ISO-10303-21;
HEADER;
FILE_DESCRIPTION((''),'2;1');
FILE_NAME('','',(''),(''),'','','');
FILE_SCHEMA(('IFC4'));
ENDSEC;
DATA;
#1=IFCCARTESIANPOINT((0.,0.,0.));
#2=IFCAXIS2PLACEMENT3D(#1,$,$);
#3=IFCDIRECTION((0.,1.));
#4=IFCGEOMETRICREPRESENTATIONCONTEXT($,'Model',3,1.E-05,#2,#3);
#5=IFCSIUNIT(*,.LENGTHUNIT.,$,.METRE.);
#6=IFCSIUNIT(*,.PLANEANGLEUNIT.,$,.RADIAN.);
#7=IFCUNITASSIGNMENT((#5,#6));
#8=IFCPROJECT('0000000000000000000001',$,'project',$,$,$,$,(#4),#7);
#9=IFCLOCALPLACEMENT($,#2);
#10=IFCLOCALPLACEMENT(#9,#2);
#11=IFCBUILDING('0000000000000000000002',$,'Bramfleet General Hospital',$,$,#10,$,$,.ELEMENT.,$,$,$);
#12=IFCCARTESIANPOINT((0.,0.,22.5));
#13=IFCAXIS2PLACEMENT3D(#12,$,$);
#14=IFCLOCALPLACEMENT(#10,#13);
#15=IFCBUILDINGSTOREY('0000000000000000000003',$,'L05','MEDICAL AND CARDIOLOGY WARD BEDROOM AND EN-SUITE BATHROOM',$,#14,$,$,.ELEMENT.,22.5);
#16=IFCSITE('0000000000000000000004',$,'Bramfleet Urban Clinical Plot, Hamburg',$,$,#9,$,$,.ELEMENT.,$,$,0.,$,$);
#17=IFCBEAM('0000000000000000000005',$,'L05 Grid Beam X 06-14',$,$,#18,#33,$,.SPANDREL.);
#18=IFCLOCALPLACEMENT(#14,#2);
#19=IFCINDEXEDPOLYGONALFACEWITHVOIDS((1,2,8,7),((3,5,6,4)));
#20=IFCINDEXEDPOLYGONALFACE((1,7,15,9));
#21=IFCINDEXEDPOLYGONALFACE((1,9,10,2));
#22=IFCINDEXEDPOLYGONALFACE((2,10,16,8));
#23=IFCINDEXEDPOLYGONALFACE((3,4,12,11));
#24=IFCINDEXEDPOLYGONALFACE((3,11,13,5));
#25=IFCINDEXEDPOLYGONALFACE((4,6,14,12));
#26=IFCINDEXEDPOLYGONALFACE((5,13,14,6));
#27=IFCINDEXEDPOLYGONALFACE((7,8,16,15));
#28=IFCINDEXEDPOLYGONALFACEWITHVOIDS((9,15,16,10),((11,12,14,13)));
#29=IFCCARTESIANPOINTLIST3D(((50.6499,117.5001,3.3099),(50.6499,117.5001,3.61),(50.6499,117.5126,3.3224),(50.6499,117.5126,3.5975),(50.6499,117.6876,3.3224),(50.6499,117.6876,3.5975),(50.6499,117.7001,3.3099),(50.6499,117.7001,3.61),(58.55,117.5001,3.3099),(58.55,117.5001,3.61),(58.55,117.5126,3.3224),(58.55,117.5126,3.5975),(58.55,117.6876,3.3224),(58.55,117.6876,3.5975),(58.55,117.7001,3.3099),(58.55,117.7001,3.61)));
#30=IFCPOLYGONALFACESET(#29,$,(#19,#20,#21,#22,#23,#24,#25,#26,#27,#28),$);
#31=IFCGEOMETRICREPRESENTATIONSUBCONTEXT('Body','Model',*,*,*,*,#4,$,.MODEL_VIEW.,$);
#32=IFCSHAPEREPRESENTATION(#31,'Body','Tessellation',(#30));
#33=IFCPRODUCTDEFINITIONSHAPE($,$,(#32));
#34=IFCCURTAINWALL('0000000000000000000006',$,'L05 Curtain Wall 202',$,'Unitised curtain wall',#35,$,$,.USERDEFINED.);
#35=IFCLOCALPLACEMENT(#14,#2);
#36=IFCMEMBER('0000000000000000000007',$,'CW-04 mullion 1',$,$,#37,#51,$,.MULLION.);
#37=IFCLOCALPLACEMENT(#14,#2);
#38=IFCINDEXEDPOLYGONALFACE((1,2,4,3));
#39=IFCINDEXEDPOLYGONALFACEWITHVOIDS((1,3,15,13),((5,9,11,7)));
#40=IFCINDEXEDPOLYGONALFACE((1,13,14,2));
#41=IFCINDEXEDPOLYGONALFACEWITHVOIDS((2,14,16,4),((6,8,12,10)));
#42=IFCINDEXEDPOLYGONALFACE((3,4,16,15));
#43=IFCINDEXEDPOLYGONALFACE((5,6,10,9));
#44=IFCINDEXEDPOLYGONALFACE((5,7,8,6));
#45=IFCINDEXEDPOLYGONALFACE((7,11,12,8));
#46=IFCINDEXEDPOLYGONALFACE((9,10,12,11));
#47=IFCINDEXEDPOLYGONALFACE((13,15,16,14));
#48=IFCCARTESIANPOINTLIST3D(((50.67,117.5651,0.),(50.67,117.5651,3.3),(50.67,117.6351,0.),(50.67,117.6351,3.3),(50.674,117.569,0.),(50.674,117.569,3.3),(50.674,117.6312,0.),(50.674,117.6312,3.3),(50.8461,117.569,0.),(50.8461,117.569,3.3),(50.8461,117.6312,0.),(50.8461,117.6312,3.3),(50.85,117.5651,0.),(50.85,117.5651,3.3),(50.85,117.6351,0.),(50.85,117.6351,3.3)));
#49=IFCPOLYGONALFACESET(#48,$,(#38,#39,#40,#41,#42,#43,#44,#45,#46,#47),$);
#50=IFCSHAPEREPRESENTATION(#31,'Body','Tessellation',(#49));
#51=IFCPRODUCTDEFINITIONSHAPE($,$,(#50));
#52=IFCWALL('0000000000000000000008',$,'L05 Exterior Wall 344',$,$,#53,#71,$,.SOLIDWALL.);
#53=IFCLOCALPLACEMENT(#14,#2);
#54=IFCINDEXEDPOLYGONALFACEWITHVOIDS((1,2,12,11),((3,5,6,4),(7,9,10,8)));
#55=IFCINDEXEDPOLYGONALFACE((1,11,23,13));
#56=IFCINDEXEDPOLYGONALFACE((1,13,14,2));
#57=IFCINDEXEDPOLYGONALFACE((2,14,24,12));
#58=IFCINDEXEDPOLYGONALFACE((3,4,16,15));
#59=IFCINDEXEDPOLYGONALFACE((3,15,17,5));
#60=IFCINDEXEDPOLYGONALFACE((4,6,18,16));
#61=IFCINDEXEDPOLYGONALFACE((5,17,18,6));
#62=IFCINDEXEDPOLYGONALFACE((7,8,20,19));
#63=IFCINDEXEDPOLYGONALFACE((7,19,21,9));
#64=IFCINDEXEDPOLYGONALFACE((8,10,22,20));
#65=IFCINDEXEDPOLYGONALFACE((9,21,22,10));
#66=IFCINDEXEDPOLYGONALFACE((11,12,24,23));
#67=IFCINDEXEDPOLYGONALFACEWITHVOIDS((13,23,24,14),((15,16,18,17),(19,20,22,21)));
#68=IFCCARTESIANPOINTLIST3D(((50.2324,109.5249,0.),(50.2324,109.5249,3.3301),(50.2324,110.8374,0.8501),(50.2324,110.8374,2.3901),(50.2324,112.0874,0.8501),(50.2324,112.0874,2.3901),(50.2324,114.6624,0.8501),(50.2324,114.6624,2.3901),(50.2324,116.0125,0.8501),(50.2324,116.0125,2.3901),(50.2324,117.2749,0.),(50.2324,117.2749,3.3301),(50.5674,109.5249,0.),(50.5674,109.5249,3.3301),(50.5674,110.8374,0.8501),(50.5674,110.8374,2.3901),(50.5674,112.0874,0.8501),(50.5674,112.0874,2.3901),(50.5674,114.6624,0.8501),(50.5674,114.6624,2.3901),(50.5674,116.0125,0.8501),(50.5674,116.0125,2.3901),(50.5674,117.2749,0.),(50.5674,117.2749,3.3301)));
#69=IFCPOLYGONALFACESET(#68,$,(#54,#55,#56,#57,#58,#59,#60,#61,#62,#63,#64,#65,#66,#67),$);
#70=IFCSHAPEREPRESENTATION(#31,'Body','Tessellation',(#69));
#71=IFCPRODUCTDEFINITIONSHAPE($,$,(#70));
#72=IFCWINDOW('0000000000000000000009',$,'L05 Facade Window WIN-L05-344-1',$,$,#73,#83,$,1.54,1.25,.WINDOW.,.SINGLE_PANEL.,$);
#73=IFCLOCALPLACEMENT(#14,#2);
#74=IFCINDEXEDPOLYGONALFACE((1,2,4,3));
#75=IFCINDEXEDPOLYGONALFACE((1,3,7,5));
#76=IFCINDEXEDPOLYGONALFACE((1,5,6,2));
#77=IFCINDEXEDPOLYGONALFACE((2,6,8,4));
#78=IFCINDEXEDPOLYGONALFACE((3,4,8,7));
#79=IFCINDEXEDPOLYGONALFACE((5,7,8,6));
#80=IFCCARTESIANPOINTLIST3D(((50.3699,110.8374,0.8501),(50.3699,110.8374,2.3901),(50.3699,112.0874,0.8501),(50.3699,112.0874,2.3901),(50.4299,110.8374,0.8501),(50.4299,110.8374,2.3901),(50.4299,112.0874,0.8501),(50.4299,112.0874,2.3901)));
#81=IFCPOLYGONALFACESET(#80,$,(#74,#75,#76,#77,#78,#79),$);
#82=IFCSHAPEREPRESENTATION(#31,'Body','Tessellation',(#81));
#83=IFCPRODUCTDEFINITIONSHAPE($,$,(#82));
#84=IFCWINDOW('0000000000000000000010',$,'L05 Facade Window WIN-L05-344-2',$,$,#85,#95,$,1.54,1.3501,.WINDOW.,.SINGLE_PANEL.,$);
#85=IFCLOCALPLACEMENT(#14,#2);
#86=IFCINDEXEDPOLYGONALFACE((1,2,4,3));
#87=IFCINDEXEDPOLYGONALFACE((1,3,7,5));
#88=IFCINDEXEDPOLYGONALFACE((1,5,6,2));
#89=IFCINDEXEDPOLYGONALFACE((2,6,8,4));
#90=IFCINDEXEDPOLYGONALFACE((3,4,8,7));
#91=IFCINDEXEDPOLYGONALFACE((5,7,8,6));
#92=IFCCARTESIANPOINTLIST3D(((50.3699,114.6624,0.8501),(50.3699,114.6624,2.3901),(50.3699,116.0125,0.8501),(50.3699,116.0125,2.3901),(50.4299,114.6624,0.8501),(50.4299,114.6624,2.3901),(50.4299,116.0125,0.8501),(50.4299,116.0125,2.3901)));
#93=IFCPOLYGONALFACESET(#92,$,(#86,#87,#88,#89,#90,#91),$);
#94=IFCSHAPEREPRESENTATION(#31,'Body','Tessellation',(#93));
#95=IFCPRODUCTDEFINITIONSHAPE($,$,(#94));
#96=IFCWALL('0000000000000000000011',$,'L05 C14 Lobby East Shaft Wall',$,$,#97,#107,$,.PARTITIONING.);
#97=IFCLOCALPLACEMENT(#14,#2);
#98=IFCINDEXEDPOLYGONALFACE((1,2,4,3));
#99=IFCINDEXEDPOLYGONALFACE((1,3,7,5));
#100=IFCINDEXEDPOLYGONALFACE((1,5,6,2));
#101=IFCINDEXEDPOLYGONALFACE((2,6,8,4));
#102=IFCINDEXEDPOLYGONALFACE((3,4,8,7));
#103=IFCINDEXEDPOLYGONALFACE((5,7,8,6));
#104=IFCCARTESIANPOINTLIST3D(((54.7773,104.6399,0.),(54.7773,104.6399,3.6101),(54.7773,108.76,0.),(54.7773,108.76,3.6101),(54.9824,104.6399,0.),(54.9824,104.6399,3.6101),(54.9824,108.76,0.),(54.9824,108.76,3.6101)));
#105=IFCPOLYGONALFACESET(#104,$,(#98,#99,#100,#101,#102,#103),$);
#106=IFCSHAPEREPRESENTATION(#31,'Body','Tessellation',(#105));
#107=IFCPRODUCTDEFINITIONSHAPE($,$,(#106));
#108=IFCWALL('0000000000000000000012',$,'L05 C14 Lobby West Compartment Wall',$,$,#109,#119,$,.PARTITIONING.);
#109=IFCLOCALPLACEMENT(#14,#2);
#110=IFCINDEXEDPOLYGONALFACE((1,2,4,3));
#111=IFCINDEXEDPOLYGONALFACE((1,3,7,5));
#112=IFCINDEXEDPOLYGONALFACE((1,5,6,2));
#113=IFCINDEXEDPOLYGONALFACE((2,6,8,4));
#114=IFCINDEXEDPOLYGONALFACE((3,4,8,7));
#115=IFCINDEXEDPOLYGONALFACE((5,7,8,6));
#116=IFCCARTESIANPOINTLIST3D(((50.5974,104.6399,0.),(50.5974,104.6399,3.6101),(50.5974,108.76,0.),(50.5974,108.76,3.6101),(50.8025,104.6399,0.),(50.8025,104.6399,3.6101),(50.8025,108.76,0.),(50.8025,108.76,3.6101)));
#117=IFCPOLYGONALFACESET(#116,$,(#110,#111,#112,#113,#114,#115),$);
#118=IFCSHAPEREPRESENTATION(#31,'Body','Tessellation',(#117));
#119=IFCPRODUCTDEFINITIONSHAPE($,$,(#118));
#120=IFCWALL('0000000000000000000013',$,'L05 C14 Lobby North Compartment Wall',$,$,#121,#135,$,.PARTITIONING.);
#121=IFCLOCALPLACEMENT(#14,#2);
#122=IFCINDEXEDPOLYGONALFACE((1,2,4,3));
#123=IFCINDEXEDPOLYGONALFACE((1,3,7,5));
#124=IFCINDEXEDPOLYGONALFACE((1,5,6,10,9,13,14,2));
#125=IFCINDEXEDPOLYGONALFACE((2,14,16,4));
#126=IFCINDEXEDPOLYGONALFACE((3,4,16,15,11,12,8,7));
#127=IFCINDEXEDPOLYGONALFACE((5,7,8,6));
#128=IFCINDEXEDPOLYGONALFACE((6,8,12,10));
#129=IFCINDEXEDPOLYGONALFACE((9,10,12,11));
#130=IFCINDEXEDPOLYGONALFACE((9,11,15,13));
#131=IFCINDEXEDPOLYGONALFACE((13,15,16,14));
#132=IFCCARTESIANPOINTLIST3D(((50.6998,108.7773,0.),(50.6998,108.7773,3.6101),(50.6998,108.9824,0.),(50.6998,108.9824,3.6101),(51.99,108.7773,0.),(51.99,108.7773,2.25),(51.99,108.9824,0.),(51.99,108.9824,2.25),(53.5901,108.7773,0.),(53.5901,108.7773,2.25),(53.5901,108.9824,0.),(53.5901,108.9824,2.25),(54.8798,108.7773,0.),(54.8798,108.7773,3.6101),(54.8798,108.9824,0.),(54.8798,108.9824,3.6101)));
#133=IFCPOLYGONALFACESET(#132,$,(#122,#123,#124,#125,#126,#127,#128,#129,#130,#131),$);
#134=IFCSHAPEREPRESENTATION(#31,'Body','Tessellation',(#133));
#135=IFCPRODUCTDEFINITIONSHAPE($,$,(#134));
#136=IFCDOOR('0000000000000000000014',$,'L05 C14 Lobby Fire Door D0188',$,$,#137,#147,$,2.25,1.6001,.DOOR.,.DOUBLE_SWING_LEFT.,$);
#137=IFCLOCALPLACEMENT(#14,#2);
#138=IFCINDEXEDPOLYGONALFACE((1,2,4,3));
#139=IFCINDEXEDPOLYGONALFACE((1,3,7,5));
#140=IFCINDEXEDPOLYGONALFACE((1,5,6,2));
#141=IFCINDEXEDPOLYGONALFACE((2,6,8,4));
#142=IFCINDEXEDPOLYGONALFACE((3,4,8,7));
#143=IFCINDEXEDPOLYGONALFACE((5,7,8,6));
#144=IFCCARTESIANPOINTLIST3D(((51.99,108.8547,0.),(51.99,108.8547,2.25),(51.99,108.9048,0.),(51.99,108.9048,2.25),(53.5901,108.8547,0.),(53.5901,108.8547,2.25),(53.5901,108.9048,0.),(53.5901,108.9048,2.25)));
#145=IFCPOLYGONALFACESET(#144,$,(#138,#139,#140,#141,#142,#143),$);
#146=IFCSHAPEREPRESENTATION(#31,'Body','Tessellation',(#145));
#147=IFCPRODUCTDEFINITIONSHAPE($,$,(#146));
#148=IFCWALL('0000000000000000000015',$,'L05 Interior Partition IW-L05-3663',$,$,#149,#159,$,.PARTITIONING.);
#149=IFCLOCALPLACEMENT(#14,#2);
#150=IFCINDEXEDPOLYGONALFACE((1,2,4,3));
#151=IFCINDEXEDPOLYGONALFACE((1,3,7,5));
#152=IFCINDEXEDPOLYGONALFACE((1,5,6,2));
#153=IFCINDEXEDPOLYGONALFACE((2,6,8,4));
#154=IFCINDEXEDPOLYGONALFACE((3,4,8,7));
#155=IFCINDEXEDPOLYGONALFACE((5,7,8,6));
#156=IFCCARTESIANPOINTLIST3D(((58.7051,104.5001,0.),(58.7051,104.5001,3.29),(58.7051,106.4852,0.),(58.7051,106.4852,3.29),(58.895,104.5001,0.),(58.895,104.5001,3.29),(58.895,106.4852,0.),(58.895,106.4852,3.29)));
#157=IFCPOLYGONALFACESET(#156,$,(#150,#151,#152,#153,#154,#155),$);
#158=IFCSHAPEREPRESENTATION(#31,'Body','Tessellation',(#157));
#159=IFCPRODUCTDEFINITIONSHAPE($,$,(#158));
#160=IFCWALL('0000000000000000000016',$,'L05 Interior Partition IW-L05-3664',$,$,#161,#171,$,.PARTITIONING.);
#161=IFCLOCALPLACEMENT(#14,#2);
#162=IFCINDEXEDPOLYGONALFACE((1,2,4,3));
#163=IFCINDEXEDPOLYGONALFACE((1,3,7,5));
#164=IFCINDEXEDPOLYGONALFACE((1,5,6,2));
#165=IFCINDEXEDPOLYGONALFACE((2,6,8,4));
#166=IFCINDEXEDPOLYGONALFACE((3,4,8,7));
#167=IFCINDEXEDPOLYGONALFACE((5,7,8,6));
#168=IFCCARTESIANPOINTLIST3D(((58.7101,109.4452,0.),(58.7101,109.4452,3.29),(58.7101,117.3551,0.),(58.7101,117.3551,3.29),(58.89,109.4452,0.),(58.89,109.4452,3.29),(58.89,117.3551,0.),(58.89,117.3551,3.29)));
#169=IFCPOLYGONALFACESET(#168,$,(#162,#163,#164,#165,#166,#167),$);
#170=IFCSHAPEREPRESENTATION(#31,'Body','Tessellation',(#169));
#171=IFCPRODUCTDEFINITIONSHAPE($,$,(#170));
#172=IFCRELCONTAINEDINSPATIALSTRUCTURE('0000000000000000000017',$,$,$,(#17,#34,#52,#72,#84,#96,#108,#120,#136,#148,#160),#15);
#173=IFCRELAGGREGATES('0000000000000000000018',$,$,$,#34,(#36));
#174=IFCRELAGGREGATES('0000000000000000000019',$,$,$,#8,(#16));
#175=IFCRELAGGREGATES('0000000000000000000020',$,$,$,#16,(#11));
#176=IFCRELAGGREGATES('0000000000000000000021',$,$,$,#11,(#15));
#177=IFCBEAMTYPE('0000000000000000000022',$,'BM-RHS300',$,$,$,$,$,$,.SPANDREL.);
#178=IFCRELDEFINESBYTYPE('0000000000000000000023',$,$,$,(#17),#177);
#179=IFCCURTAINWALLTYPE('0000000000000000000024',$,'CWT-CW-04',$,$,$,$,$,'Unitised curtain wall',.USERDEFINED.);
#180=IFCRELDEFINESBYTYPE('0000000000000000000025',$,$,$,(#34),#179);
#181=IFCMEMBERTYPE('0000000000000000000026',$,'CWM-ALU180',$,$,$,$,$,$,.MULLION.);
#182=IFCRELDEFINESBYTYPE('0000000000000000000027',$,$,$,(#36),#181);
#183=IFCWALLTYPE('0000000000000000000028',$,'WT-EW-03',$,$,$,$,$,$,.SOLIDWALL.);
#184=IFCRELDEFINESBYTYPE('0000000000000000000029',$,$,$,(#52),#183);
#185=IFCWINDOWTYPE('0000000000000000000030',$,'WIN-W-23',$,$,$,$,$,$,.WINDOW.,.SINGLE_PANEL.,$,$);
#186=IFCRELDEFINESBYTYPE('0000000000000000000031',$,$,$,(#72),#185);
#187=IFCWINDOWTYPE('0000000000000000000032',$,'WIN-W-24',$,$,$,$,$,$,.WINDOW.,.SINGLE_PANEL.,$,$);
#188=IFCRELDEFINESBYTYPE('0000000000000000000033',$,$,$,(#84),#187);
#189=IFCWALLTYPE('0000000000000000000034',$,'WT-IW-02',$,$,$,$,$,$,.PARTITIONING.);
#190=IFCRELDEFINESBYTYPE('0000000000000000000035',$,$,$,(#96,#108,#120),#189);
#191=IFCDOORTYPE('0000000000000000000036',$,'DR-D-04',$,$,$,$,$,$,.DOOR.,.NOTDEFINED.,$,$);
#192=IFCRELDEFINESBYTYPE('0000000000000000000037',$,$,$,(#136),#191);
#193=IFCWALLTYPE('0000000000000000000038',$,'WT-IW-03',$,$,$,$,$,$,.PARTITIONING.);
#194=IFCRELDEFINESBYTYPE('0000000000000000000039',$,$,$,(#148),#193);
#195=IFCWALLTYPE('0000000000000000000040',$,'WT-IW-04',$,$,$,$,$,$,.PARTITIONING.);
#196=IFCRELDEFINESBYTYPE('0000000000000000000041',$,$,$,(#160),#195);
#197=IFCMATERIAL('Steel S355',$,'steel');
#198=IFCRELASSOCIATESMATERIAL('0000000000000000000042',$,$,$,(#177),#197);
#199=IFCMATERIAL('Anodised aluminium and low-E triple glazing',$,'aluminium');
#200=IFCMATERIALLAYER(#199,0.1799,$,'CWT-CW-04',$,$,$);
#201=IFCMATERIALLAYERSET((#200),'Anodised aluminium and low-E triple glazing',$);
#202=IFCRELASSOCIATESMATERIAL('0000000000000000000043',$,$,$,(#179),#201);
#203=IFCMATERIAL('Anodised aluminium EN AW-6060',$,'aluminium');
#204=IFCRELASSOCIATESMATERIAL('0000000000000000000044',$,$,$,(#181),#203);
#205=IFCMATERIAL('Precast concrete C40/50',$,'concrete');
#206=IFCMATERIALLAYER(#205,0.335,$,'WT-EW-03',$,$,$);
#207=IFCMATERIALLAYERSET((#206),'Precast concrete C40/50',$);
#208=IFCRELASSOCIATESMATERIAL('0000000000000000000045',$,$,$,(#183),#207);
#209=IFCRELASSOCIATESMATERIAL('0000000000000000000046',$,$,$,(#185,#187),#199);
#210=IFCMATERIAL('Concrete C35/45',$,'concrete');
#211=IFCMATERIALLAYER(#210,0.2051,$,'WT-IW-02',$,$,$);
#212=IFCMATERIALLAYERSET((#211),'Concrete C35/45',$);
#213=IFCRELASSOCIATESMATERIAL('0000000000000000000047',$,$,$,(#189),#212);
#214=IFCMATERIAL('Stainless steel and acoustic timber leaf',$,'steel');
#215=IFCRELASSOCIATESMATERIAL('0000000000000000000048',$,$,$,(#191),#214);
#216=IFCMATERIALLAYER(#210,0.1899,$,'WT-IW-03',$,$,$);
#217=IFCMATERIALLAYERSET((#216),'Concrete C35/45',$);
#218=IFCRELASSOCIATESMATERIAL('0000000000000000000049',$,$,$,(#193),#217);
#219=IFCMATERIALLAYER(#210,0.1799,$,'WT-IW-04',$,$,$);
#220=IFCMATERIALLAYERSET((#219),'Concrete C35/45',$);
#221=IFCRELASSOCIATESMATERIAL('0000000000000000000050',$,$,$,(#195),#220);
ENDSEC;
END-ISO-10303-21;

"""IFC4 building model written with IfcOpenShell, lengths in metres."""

from ifc_helpers import new_model, si_unit, direction, frame, frame_2d, origin, origin_2d, place, context, subcontext, project, spatial, rectangle, hollow_rectangle, extrude, material, layer, layer_set, material_profile, profile_set, type_object, element, fill, aggregate, save


model = new_model("IFC4")

# Units and contexts
model_context = context("Model", 3, precision=1e-05, world=origin(), true_north=direction((0.0, 1.0)))
body_context = subcontext(model_context, "Body", "Model", "MODEL_VIEW")
ifc_project = project(units=[si_unit("LENGTHUNIT", "METRE"), si_unit("PLANEANGLEUNIT", "RADIAN")], contexts=[model_context])

# Site, building, storey
site_placement = place(None, origin())
site = spatial("IfcSite", under=ifc_project, at=site_placement, Name="Bramfleet Urban Clinical Plot, Hamburg", CompositionType="ELEMENT", RefElevation=0.0)
building_placement = place(site_placement, origin())
building = spatial("IfcBuilding", under=site, at=building_placement, Name="Bramfleet General Hospital", CompositionType="ELEMENT")
storey_placement = place(building_placement, frame((0.0, 0.0, 22.5)))
storey = spatial("IfcBuildingStorey", under=building, at=storey_placement, Name="L05", Description="MEDICAL AND CARDIOLOGY WARD BEDROOM AND EN-SUITE BATHROOM", CompositionType="ELEMENT", Elevation=22.5)

# Beam
ifc_material_1 = material(Name="Steel S355", Category="steel")
ifc_material_profile_1 = material_profile(ifc_material_1, hollow_rectangle(XDim=0.2, YDim=0.3, WallThickness=0.0125, at=origin_2d()), Name="RHS 300x200x12.5")
ifc_profile_set_1 = profile_set([ifc_material_profile_1], Name="Steel S355")
beam_type_1 = type_object("IfcBeamType", Name="BM-RHS300", PredefinedType="SPANDREL", material=ifc_profile_set_1)
beam_1_placement = place(storey_placement, frame((50.6499, 117.6001, 3.46), z_axis=(1.0, 0.0, 0.0), x_axis=(0.0, 1.0, 0.0)))
element("IfcBeam", 1, at=beam_1_placement, inside=storey, type_object=beam_type_1, Name="L05 Grid Beam X 06-14", PredefinedType="SPANDREL", context=body_context, shape_type="SweptSolid", body=[
    extrude(hollow_rectangle(XDim=0.2, YDim=0.3, WallThickness=0.0125, at=origin_2d()), origin(), (0.0, 0.0, 1.0), 7.9001),
])

# Curtain wall, member
ifc_material_2 = material(Name="Anodised aluminium and low-E triple glazing", Category="aluminium")
ifc_layer_1 = layer(ifc_material_2, 0.1799, Name="CWT-CW-04")
ifc_layer_set_1 = layer_set([ifc_layer_1], Name="Anodised aluminium and low-E triple glazing")
curtain_wall_type = type_object("IfcCurtainWallType", Name="CWT-CW-04", ElementType="Unitised curtain wall", PredefinedType="USERDEFINED", material=ifc_layer_set_1)
curtain_wall_placement = place(storey_placement, origin())
curtain_wall = element("IfcCurtainWall", 2, at=curtain_wall_placement, inside=storey, type_object=curtain_wall_type, Name="L05 Curtain Wall 202", ObjectType="Unitised curtain wall", PredefinedType="USERDEFINED")
ifc_material_3 = material(Name="Anodised aluminium EN AW-6060", Category="aluminium")
ifc_material_profile_2 = material_profile(ifc_material_3, hollow_rectangle(XDim=0.0701, YDim=0.1799, WallThickness=0.0039, at=origin_2d()), Name="ALU 180x70x4.0")
ifc_profile_set_2 = profile_set([ifc_material_profile_2], Name="Anodised aluminium EN AW-6060")
member_type = type_object("IfcMemberType", Name="CWM-ALU180", PredefinedType="MULLION", material=ifc_profile_set_2)
member_placement = place(storey_placement, frame((50.76, 117.6001, 0.0), z_axis=(0.0, 0.0, 1.0), x_axis=(0.0, 1.0, 0.0)))
member = element("IfcMember", 3, at=member_placement, type_object=member_type, Name="CW-04 mullion 1", PredefinedType="MULLION", context=body_context, shape_type="SweptSolid", body=[
    extrude(hollow_rectangle(XDim=0.0701, YDim=0.1799, WallThickness=0.0039, at=origin_2d()), origin(), (0.0, 0.0, 1.0), 3.3),
])
aggregate(curtain_wall, [member])

# Wall, openings, windows
ifc_material_4 = material(Name="Precast concrete C40/50", Category="concrete")
ifc_layer_2 = layer(ifc_material_4, 0.335, Name="WT-EW-03")
ifc_layer_set_2 = layer_set([ifc_layer_2], Name="Precast concrete C40/50")
wall_type_1 = type_object("IfcWallType", Name="WT-EW-03", PredefinedType="SOLIDWALL", material=ifc_layer_set_2)
wall_1_placement = place(storey_placement, frame((50.3999, 109.5249, 0.0), z_axis=(0.0, 0.0, 1.0), x_axis=(0.0, 1.0, 0.0)))
wall_1 = element("IfcWall", 4, at=wall_1_placement, inside=storey, type_object=wall_type_1, Name="L05 Exterior Wall 344", PredefinedType="SOLIDWALL", context=body_context, shape_type="SweptSolid", body=[
    extrude(rectangle(XDim=7.75, YDim=0.335, at=frame_2d((3.875, 0.0))), origin(), (0.0, 0.0, 1.0), 3.3301),
])
opening_1_placement = place(wall_1_placement, frame((1.3125, 0.0, 0.8501)))
opening_1 = element("IfcOpeningElement", 5, at=opening_1_placement, cuts=wall_1, PredefinedType="OPENING", context=body_context, shape_type="SweptSolid", body=[
    extrude(rectangle(XDim=1.25, YDim=1.54, at=frame_2d((0.625, 0.77))), frame((0.0, 0.1775, 0.0), z_axis=(0.0, -1.0, 0.0), x_axis=(1.0, 0.0, 0.0)), (0.0, 0.0, 1.0), 0.355),
])
opening_2_placement = place(wall_1_placement, frame((5.1375, 0.0, 0.8501)))
opening_2 = element("IfcOpeningElement", 6, at=opening_2_placement, cuts=wall_1, PredefinedType="OPENING", context=body_context, shape_type="SweptSolid", body=[
    extrude(rectangle(XDim=1.3501, YDim=1.54, at=frame_2d((0.675, 0.77))), frame((0.0, 0.1775, 0.0), z_axis=(0.0, -1.0, 0.0), x_axis=(1.0, 0.0, 0.0)), (0.0, 0.0, 1.0), 0.355),
])
window_type_1 = type_object("IfcWindowType", Name="WIN-W-23", PartitioningType="SINGLE_PANEL", PredefinedType="WINDOW", material=ifc_material_2)
window_1_placement = place(opening_1_placement, origin())
window_1 = element("IfcWindow", 7, at=window_1_placement, inside=storey, type_object=window_type_1, Name="L05 Facade Window WIN-L05-344-1", OverallHeight=1.54, OverallWidth=1.25, PartitioningType="SINGLE_PANEL", PredefinedType="WINDOW", context=body_context, shape_type="SweptSolid", body=[
    extrude(rectangle(XDim=1.25, YDim=1.54, at=frame_2d((0.625, 0.77))), frame((0.0, 0.03, 0.0), z_axis=(0.0, -1.0, 0.0), x_axis=(1.0, 0.0, 0.0)), (0.0, 0.0, 1.0), 0.0601),
])
fill(opening_1, window_1)
window_type_2 = type_object("IfcWindowType", Name="WIN-W-24", PartitioningType="SINGLE_PANEL", PredefinedType="WINDOW", material=ifc_material_2)
window_2_placement = place(opening_2_placement, origin())
window_2 = element("IfcWindow", 8, at=window_2_placement, inside=storey, type_object=window_type_2, Name="L05 Facade Window WIN-L05-344-2", OverallHeight=1.54, OverallWidth=1.3501, PartitioningType="SINGLE_PANEL", PredefinedType="WINDOW", context=body_context, shape_type="SweptSolid", body=[
    extrude(rectangle(XDim=1.3501, YDim=1.54, at=frame_2d((0.675, 0.77))), frame((0.0, 0.03, 0.0), z_axis=(0.0, -1.0, 0.0), x_axis=(1.0, 0.0, 0.0)), (0.0, 0.0, 1.0), 0.0601),
])
fill(opening_2, window_2)

# Walls
ifc_material_5 = material(Name="Concrete C35/45", Category="concrete")
ifc_layer_3 = layer(ifc_material_5, 0.2051, Name="WT-IW-02")
ifc_layer_set_3 = layer_set([ifc_layer_3], Name="Concrete C35/45")
wall_type_2 = type_object("IfcWallType", Name="WT-IW-02", PredefinedType="PARTITIONING", material=ifc_layer_set_3)
for number, where, z_axis, x_axis, name in (
    (9, (54.8799, 104.6399, 0.0), (0.0, 0.0, 1.0), (0.0, 1.0, 0.0), "L05 C14 Lobby East Shaft Wall"),
    (10, (50.7, 104.6399, 0.0), (0.0, 0.0, 1.0), (0.0, 1.0, 0.0), "L05 C14 Lobby West Compartment Wall"),
):
    element("IfcWall", number, at=place(storey_placement, frame(where, z_axis=z_axis, x_axis=x_axis)), inside=storey, type_object=wall_type_2, Name=name, PredefinedType="PARTITIONING", context=body_context, shape_type="SweptSolid", body=[
        extrude(rectangle(XDim=4.1201, YDim=0.2051, at=frame_2d((2.0601, 0.0))), origin(), (0.0, 0.0, 1.0), 3.6101),
    ])

# Wall, opening, door
wall_2_placement = place(storey_placement, frame((50.7, 108.8799, 0.0), z_axis=(0.0, 0.0, 1.0), x_axis=(1.0, 0.0, 0.0)))
wall_2 = element("IfcWall", 11, at=wall_2_placement, inside=storey, type_object=wall_type_2, Name="L05 C14 Lobby North Compartment Wall", PredefinedType="PARTITIONING", context=body_context, shape_type="SweptSolid", body=[
    extrude(rectangle(XDim=4.1799, YDim=0.2051, at=frame_2d((2.0898, 0.0))), origin(), (0.0, 0.0, 1.0), 3.6101),
])
opening_3_placement = place(wall_2_placement, frame((1.29, 0.0, 0.0)))
opening_3 = element("IfcOpeningElement", 12, at=opening_3_placement, cuts=wall_2, PredefinedType="OPENING", context=body_context, shape_type="SweptSolid", body=[
    extrude(rectangle(XDim=1.6001, YDim=2.25, at=frame_2d((0.8, 1.125))), frame((0.0, 0.1125, 0.0), z_axis=(0.0, -1.0, 0.0), x_axis=(1.0, 0.0, 0.0)), (0.0, 0.0, 1.0), 0.2251),
])
ifc_material_6 = material(Name="Stainless steel and acoustic timber leaf", Category="steel")
door_type_1 = type_object("IfcDoorType", Name="DR-D-04", OperationType="NOTDEFINED", PredefinedType="DOOR", material=ifc_material_6)
door_1_placement = place(opening_3_placement, origin())
door_1 = element("IfcDoor", 13, at=door_1_placement, inside=storey, type_object=door_type_1, Name="L05 C14 Lobby Fire Door D0188", OperationType="DOUBLE_SWING_LEFT", OverallHeight=2.25, OverallWidth=1.6001, PredefinedType="DOOR", context=body_context, shape_type="SweptSolid", body=[
    extrude(rectangle(XDim=1.6001, YDim=2.25, at=frame_2d((0.8, 1.125))), frame((0.0, 0.0249, 0.0), z_axis=(0.0, -1.0, 0.0), x_axis=(1.0, 0.0, 0.0)), (0.0, 0.0, 1.0), 0.05),
])
fill(opening_3, door_1)

# Walls
ifc_layer_4 = layer(ifc_material_5, 0.1899, Name="WT-IW-03")
ifc_layer_set_4 = layer_set([ifc_layer_4], Name="Concrete C35/45")
wall_type_3 = type_object("IfcWallType", Name="WT-IW-03", PredefinedType="PARTITIONING", material=ifc_layer_set_4)
wall_3_placement = place(storey_placement, frame((58.8, 104.5, 0.0), z_axis=(0.0, 0.0, 1.0), x_axis=(0.0, 1.0, 0.0)))
element("IfcWall", 14, at=wall_3_placement, inside=storey, type_object=wall_type_3, Name="L05 Interior Partition IW-L05-3663", PredefinedType="PARTITIONING", context=body_context, shape_type="SweptSolid", body=[
    extrude(rectangle(XDim=1.9851, YDim=0.1899, at=frame_2d((0.9927, 0.0))), origin(), (0.0, 0.0, 1.0), 3.29),
])
ifc_layer_5 = layer(ifc_material_5, 0.1799, Name="WT-IW-04")
ifc_layer_set_5 = layer_set([ifc_layer_5], Name="Concrete C35/45")
wall_type_4 = type_object("IfcWallType", Name="WT-IW-04", PredefinedType="PARTITIONING", material=ifc_layer_set_5)
wall_4_placement = place(storey_placement, frame((58.8, 109.4451, 0.0), z_axis=(0.0, 0.0, 1.0), x_axis=(0.0, 1.0, 0.0)))
element("IfcWall", 15, at=wall_4_placement, inside=storey, type_object=wall_type_4, Name="L05 Interior Partition IW-L05-3664", PredefinedType="PARTITIONING", context=body_context, shape_type="SweptSolid", body=[
    extrude(rectangle(XDim=7.9099, YDim=0.1799, at=frame_2d((3.9551, 0.0))), origin(), (0.0, 0.0, 1.0), 3.29),
])

save(model, "model.ifc")
